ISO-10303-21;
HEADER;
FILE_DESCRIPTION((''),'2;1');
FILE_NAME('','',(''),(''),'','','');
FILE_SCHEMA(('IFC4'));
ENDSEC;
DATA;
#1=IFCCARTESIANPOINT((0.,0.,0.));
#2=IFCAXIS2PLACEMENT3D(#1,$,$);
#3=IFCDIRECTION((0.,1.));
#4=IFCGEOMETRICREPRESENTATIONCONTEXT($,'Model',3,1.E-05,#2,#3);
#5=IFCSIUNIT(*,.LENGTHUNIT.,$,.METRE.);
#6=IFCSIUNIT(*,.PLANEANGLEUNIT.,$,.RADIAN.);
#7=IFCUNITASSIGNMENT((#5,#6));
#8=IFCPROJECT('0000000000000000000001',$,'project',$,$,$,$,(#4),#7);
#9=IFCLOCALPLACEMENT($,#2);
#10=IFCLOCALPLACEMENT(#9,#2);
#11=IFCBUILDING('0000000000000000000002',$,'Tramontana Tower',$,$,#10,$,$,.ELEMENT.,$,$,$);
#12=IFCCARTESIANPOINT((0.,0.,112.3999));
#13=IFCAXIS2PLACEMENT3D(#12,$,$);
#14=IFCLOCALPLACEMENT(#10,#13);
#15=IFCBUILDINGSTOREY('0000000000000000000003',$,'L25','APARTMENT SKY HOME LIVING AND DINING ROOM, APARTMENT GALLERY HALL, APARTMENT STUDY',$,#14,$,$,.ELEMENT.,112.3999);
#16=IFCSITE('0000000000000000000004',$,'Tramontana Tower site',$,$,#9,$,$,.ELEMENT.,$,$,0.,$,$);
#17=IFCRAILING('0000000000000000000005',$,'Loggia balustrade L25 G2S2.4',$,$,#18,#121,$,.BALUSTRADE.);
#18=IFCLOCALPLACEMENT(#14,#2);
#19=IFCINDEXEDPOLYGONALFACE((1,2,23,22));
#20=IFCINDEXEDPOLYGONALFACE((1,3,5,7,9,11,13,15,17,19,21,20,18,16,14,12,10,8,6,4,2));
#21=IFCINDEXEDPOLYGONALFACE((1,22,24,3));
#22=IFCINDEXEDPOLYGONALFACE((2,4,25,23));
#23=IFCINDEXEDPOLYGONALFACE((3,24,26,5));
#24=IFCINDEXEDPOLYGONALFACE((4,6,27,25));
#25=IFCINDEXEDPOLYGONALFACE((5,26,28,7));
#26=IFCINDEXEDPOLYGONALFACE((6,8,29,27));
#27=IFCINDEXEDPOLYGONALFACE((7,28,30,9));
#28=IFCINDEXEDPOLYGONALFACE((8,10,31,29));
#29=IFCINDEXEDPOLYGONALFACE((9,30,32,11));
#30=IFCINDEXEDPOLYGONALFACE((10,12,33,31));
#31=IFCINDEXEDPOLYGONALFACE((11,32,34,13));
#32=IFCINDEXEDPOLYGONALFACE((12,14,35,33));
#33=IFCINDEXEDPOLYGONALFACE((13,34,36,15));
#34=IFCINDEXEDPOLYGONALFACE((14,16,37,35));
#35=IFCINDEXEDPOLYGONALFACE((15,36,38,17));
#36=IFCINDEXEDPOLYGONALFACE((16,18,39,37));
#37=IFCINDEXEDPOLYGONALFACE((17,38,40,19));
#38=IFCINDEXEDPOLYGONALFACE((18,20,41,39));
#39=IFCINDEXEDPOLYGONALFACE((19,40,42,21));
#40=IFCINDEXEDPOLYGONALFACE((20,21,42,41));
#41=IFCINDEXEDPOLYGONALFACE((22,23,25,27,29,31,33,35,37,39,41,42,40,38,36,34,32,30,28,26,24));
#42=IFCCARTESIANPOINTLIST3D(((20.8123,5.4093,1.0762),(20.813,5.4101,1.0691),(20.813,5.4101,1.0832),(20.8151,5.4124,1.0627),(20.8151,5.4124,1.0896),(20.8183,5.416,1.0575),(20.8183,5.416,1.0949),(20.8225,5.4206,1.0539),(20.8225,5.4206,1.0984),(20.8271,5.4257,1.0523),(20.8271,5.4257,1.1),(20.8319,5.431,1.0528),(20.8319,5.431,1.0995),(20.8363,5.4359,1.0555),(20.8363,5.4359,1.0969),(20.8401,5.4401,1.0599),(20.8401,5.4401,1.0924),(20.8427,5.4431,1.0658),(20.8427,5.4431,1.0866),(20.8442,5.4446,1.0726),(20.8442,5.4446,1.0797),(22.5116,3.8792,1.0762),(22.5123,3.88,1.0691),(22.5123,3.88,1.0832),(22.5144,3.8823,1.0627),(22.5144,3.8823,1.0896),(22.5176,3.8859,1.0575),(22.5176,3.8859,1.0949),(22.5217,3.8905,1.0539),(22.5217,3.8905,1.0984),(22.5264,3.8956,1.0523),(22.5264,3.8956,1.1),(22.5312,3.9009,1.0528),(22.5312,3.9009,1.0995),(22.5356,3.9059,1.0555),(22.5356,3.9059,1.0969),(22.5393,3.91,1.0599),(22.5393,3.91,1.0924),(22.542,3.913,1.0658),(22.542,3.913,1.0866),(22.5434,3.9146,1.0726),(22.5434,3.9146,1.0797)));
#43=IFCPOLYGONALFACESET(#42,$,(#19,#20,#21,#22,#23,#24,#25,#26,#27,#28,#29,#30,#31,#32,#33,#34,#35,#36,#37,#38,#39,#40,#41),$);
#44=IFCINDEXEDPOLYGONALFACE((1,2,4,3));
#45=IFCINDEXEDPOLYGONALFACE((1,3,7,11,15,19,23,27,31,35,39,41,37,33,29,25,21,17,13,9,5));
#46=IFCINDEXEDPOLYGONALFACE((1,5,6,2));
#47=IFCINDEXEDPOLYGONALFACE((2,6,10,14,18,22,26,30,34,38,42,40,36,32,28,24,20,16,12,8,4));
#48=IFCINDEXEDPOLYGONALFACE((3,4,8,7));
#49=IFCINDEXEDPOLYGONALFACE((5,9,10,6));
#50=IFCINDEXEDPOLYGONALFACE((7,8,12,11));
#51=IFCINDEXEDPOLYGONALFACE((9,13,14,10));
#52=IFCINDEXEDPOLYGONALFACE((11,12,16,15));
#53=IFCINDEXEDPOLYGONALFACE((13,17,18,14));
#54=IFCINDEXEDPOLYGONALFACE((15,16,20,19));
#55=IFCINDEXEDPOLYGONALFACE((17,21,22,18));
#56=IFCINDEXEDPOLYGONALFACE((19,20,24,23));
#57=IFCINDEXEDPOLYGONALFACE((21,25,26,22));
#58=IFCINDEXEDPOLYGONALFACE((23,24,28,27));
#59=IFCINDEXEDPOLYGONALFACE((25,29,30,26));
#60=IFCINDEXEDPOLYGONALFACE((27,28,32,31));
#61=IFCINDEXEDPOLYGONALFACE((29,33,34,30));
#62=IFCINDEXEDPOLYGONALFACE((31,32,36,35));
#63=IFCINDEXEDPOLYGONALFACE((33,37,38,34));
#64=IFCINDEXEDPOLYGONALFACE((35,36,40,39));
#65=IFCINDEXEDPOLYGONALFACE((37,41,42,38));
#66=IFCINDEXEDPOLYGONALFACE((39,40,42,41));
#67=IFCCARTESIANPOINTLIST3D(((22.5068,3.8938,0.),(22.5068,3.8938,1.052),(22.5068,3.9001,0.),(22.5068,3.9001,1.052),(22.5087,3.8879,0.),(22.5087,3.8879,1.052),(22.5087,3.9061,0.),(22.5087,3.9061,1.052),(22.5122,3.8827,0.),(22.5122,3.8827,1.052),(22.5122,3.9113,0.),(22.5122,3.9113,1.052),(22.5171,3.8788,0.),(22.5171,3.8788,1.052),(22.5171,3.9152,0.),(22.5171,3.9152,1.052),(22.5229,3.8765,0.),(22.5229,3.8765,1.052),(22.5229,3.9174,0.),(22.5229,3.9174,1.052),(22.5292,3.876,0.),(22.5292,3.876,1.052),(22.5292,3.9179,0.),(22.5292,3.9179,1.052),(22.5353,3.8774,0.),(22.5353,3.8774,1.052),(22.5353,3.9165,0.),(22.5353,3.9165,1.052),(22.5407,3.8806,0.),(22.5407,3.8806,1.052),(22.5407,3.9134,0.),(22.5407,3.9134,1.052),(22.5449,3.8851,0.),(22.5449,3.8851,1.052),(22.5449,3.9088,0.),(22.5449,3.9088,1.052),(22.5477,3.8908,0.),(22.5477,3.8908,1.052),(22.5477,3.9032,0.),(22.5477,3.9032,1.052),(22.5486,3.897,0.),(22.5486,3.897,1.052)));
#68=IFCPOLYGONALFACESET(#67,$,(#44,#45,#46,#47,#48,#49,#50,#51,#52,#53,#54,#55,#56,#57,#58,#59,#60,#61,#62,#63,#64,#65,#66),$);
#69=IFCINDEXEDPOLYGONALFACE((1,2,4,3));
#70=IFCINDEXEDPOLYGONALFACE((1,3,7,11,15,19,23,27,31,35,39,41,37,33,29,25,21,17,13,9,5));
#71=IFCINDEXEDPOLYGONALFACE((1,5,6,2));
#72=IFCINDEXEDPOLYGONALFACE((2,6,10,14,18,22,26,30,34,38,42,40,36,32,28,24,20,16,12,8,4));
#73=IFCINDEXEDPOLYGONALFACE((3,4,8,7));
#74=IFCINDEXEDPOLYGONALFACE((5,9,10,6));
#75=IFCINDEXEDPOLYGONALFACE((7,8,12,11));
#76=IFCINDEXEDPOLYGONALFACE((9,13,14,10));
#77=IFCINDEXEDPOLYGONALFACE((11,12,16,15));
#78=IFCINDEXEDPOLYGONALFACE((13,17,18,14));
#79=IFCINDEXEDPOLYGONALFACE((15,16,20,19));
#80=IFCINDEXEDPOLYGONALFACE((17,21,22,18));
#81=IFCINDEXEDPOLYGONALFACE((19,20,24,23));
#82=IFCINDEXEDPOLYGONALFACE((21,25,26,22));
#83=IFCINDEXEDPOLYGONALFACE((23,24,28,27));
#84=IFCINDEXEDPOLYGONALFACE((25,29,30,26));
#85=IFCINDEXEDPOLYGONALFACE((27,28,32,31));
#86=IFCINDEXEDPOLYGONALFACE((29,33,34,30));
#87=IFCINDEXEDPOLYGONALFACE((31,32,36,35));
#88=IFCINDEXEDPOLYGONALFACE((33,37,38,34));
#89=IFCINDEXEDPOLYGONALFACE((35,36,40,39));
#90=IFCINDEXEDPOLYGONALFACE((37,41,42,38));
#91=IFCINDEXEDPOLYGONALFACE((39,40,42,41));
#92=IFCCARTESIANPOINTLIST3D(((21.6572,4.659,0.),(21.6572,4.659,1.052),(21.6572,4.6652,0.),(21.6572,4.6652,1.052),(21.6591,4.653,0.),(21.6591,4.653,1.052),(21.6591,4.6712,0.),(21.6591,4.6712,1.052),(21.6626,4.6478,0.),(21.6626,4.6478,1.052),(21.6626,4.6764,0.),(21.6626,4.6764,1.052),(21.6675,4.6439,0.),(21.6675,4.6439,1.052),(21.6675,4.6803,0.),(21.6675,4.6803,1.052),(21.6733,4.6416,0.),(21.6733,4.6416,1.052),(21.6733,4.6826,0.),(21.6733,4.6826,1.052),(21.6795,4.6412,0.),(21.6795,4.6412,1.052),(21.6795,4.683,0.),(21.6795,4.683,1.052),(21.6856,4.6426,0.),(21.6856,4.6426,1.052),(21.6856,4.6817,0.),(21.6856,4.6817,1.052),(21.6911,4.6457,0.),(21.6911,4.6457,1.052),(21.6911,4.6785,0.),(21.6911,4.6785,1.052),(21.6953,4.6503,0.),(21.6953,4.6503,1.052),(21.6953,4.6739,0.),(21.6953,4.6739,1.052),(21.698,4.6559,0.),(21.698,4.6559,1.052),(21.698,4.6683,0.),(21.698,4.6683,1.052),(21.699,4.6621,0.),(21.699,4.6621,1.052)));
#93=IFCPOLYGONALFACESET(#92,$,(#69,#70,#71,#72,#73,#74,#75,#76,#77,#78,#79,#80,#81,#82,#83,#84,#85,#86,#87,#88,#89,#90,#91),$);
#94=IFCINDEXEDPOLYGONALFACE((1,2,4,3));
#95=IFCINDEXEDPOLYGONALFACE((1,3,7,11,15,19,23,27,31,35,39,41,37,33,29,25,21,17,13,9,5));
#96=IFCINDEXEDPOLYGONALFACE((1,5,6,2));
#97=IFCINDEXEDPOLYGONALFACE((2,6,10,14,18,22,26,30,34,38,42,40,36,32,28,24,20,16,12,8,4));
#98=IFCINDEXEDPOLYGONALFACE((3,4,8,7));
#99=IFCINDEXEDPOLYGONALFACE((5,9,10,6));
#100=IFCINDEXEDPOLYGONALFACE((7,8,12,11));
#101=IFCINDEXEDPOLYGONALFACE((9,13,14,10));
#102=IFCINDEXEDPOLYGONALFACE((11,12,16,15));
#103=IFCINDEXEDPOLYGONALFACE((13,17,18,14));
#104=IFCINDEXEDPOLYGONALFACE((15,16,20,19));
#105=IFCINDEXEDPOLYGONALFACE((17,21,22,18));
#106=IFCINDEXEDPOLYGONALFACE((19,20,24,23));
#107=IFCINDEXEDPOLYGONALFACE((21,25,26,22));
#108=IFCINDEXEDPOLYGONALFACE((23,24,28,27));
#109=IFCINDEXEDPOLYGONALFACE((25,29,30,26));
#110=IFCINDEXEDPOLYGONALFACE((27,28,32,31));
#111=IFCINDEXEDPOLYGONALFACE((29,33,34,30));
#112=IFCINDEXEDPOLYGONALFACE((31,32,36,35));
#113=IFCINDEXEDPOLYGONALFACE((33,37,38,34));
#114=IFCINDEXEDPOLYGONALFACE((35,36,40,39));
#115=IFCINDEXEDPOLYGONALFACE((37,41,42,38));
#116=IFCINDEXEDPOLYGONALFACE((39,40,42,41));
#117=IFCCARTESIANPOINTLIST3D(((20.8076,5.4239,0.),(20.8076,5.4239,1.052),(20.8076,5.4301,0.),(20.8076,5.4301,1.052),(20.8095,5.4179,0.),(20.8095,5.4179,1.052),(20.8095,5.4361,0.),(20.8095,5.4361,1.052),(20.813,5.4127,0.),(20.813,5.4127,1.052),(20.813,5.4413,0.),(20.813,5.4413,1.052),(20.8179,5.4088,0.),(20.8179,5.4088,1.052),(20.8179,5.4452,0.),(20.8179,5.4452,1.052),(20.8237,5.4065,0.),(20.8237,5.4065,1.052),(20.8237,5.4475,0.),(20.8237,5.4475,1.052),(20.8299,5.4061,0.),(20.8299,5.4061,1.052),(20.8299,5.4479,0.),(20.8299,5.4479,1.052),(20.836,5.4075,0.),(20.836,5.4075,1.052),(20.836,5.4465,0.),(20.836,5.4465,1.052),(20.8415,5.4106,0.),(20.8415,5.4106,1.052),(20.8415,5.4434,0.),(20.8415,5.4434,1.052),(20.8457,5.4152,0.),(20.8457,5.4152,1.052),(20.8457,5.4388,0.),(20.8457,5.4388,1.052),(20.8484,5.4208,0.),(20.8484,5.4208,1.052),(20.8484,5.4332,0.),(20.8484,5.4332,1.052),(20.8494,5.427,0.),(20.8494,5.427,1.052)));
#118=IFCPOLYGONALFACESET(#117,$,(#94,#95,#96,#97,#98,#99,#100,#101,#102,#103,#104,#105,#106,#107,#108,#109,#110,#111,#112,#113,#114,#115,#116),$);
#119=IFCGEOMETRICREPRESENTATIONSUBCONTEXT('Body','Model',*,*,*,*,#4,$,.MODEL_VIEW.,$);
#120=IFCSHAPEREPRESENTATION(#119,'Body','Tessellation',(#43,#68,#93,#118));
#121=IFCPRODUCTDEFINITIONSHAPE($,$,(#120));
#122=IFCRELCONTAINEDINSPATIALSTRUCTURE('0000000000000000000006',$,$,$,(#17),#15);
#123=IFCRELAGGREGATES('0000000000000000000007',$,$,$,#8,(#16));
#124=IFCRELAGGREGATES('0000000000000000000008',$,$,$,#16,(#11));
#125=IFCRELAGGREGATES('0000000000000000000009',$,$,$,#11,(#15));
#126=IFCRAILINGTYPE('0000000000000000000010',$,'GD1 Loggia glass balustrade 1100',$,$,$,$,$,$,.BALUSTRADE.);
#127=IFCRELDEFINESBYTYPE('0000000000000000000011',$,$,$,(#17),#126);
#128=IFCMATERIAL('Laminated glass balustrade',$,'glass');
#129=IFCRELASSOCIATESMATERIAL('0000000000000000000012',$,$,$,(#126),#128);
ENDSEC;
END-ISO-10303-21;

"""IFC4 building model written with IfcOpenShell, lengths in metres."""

from ifc_helpers import new_model, si_unit, direction, frame, origin, origin_2d, place, context, subcontext, project, spatial, circle, extrude, material, type_object, element, save


model = new_model("IFC4")

# Units and contexts
model_context = context("Model", 3, precision=1e-05, world=origin(), true_north=direction((0.0, 1.0)))
body_context = subcontext(model_context, "Body", "Model", "MODEL_VIEW")
ifc_project = project(units=[si_unit("LENGTHUNIT", "METRE"), si_unit("PLANEANGLEUNIT", "RADIAN")], contexts=[model_context])

# Site, building, storey
site_placement = place(None, origin())
site = spatial("IfcSite", under=ifc_project, at=site_placement, Name="Tramontana Tower site", CompositionType="ELEMENT", RefElevation=0.0)
building_placement = place(site_placement, origin())
building = spatial("IfcBuilding", under=site, at=building_placement, Name="Tramontana Tower", CompositionType="ELEMENT")
storey_placement = place(building_placement, frame((0.0, 0.0, 112.3999)))
storey = spatial("IfcBuildingStorey", under=building, at=storey_placement, Name="L25", Description="APARTMENT SKY HOME LIVING AND DINING ROOM, APARTMENT GALLERY HALL, APARTMENT STUDY", CompositionType="ELEMENT", Elevation=112.3999)

# Railing
ifc_material_1 = material(Name="Laminated glass balustrade", Category="glass")
railing_type = type_object("IfcRailingType", Name="GD1 Loggia glass balustrade 1100", PredefinedType="BALUSTRADE", material=ifc_material_1)
railing_placement = place(storey_placement, frame((22.5276, 3.897, 0.0)))
element("IfcRailing", 1, at=railing_placement, inside=storey, type_object=railing_type, Name="Loggia balustrade L25 G2S2.4", PredefinedType="BALUSTRADE", context=body_context, shape_type="SweptSolid", body=[
    extrude(circle(Radius=0.0239, at=origin_2d()), frame((0.0, 0.0, 1.0762), z_axis=(-0.743135, 0.669142, 0.0), x_axis=(-0.669142, -0.743135, 0.0)), (0.0, 0.0, 1.0), 2.2866),
    extrude(circle(Radius=0.021, at=origin_2d()), origin(), (0.0, 0.0, 1.0), 1.052),
    extrude(circle(Radius=0.021, at=origin_2d()), frame((-0.8496, 0.7651, 0.0)), (0.0, 0.0, 1.0), 1.052),
    extrude(circle(Radius=0.021, at=origin_2d()), frame((-1.6992, 1.53, 0.0)), (0.0, 0.0, 1.0), 1.052),
])

save(model, "model.ifc")
